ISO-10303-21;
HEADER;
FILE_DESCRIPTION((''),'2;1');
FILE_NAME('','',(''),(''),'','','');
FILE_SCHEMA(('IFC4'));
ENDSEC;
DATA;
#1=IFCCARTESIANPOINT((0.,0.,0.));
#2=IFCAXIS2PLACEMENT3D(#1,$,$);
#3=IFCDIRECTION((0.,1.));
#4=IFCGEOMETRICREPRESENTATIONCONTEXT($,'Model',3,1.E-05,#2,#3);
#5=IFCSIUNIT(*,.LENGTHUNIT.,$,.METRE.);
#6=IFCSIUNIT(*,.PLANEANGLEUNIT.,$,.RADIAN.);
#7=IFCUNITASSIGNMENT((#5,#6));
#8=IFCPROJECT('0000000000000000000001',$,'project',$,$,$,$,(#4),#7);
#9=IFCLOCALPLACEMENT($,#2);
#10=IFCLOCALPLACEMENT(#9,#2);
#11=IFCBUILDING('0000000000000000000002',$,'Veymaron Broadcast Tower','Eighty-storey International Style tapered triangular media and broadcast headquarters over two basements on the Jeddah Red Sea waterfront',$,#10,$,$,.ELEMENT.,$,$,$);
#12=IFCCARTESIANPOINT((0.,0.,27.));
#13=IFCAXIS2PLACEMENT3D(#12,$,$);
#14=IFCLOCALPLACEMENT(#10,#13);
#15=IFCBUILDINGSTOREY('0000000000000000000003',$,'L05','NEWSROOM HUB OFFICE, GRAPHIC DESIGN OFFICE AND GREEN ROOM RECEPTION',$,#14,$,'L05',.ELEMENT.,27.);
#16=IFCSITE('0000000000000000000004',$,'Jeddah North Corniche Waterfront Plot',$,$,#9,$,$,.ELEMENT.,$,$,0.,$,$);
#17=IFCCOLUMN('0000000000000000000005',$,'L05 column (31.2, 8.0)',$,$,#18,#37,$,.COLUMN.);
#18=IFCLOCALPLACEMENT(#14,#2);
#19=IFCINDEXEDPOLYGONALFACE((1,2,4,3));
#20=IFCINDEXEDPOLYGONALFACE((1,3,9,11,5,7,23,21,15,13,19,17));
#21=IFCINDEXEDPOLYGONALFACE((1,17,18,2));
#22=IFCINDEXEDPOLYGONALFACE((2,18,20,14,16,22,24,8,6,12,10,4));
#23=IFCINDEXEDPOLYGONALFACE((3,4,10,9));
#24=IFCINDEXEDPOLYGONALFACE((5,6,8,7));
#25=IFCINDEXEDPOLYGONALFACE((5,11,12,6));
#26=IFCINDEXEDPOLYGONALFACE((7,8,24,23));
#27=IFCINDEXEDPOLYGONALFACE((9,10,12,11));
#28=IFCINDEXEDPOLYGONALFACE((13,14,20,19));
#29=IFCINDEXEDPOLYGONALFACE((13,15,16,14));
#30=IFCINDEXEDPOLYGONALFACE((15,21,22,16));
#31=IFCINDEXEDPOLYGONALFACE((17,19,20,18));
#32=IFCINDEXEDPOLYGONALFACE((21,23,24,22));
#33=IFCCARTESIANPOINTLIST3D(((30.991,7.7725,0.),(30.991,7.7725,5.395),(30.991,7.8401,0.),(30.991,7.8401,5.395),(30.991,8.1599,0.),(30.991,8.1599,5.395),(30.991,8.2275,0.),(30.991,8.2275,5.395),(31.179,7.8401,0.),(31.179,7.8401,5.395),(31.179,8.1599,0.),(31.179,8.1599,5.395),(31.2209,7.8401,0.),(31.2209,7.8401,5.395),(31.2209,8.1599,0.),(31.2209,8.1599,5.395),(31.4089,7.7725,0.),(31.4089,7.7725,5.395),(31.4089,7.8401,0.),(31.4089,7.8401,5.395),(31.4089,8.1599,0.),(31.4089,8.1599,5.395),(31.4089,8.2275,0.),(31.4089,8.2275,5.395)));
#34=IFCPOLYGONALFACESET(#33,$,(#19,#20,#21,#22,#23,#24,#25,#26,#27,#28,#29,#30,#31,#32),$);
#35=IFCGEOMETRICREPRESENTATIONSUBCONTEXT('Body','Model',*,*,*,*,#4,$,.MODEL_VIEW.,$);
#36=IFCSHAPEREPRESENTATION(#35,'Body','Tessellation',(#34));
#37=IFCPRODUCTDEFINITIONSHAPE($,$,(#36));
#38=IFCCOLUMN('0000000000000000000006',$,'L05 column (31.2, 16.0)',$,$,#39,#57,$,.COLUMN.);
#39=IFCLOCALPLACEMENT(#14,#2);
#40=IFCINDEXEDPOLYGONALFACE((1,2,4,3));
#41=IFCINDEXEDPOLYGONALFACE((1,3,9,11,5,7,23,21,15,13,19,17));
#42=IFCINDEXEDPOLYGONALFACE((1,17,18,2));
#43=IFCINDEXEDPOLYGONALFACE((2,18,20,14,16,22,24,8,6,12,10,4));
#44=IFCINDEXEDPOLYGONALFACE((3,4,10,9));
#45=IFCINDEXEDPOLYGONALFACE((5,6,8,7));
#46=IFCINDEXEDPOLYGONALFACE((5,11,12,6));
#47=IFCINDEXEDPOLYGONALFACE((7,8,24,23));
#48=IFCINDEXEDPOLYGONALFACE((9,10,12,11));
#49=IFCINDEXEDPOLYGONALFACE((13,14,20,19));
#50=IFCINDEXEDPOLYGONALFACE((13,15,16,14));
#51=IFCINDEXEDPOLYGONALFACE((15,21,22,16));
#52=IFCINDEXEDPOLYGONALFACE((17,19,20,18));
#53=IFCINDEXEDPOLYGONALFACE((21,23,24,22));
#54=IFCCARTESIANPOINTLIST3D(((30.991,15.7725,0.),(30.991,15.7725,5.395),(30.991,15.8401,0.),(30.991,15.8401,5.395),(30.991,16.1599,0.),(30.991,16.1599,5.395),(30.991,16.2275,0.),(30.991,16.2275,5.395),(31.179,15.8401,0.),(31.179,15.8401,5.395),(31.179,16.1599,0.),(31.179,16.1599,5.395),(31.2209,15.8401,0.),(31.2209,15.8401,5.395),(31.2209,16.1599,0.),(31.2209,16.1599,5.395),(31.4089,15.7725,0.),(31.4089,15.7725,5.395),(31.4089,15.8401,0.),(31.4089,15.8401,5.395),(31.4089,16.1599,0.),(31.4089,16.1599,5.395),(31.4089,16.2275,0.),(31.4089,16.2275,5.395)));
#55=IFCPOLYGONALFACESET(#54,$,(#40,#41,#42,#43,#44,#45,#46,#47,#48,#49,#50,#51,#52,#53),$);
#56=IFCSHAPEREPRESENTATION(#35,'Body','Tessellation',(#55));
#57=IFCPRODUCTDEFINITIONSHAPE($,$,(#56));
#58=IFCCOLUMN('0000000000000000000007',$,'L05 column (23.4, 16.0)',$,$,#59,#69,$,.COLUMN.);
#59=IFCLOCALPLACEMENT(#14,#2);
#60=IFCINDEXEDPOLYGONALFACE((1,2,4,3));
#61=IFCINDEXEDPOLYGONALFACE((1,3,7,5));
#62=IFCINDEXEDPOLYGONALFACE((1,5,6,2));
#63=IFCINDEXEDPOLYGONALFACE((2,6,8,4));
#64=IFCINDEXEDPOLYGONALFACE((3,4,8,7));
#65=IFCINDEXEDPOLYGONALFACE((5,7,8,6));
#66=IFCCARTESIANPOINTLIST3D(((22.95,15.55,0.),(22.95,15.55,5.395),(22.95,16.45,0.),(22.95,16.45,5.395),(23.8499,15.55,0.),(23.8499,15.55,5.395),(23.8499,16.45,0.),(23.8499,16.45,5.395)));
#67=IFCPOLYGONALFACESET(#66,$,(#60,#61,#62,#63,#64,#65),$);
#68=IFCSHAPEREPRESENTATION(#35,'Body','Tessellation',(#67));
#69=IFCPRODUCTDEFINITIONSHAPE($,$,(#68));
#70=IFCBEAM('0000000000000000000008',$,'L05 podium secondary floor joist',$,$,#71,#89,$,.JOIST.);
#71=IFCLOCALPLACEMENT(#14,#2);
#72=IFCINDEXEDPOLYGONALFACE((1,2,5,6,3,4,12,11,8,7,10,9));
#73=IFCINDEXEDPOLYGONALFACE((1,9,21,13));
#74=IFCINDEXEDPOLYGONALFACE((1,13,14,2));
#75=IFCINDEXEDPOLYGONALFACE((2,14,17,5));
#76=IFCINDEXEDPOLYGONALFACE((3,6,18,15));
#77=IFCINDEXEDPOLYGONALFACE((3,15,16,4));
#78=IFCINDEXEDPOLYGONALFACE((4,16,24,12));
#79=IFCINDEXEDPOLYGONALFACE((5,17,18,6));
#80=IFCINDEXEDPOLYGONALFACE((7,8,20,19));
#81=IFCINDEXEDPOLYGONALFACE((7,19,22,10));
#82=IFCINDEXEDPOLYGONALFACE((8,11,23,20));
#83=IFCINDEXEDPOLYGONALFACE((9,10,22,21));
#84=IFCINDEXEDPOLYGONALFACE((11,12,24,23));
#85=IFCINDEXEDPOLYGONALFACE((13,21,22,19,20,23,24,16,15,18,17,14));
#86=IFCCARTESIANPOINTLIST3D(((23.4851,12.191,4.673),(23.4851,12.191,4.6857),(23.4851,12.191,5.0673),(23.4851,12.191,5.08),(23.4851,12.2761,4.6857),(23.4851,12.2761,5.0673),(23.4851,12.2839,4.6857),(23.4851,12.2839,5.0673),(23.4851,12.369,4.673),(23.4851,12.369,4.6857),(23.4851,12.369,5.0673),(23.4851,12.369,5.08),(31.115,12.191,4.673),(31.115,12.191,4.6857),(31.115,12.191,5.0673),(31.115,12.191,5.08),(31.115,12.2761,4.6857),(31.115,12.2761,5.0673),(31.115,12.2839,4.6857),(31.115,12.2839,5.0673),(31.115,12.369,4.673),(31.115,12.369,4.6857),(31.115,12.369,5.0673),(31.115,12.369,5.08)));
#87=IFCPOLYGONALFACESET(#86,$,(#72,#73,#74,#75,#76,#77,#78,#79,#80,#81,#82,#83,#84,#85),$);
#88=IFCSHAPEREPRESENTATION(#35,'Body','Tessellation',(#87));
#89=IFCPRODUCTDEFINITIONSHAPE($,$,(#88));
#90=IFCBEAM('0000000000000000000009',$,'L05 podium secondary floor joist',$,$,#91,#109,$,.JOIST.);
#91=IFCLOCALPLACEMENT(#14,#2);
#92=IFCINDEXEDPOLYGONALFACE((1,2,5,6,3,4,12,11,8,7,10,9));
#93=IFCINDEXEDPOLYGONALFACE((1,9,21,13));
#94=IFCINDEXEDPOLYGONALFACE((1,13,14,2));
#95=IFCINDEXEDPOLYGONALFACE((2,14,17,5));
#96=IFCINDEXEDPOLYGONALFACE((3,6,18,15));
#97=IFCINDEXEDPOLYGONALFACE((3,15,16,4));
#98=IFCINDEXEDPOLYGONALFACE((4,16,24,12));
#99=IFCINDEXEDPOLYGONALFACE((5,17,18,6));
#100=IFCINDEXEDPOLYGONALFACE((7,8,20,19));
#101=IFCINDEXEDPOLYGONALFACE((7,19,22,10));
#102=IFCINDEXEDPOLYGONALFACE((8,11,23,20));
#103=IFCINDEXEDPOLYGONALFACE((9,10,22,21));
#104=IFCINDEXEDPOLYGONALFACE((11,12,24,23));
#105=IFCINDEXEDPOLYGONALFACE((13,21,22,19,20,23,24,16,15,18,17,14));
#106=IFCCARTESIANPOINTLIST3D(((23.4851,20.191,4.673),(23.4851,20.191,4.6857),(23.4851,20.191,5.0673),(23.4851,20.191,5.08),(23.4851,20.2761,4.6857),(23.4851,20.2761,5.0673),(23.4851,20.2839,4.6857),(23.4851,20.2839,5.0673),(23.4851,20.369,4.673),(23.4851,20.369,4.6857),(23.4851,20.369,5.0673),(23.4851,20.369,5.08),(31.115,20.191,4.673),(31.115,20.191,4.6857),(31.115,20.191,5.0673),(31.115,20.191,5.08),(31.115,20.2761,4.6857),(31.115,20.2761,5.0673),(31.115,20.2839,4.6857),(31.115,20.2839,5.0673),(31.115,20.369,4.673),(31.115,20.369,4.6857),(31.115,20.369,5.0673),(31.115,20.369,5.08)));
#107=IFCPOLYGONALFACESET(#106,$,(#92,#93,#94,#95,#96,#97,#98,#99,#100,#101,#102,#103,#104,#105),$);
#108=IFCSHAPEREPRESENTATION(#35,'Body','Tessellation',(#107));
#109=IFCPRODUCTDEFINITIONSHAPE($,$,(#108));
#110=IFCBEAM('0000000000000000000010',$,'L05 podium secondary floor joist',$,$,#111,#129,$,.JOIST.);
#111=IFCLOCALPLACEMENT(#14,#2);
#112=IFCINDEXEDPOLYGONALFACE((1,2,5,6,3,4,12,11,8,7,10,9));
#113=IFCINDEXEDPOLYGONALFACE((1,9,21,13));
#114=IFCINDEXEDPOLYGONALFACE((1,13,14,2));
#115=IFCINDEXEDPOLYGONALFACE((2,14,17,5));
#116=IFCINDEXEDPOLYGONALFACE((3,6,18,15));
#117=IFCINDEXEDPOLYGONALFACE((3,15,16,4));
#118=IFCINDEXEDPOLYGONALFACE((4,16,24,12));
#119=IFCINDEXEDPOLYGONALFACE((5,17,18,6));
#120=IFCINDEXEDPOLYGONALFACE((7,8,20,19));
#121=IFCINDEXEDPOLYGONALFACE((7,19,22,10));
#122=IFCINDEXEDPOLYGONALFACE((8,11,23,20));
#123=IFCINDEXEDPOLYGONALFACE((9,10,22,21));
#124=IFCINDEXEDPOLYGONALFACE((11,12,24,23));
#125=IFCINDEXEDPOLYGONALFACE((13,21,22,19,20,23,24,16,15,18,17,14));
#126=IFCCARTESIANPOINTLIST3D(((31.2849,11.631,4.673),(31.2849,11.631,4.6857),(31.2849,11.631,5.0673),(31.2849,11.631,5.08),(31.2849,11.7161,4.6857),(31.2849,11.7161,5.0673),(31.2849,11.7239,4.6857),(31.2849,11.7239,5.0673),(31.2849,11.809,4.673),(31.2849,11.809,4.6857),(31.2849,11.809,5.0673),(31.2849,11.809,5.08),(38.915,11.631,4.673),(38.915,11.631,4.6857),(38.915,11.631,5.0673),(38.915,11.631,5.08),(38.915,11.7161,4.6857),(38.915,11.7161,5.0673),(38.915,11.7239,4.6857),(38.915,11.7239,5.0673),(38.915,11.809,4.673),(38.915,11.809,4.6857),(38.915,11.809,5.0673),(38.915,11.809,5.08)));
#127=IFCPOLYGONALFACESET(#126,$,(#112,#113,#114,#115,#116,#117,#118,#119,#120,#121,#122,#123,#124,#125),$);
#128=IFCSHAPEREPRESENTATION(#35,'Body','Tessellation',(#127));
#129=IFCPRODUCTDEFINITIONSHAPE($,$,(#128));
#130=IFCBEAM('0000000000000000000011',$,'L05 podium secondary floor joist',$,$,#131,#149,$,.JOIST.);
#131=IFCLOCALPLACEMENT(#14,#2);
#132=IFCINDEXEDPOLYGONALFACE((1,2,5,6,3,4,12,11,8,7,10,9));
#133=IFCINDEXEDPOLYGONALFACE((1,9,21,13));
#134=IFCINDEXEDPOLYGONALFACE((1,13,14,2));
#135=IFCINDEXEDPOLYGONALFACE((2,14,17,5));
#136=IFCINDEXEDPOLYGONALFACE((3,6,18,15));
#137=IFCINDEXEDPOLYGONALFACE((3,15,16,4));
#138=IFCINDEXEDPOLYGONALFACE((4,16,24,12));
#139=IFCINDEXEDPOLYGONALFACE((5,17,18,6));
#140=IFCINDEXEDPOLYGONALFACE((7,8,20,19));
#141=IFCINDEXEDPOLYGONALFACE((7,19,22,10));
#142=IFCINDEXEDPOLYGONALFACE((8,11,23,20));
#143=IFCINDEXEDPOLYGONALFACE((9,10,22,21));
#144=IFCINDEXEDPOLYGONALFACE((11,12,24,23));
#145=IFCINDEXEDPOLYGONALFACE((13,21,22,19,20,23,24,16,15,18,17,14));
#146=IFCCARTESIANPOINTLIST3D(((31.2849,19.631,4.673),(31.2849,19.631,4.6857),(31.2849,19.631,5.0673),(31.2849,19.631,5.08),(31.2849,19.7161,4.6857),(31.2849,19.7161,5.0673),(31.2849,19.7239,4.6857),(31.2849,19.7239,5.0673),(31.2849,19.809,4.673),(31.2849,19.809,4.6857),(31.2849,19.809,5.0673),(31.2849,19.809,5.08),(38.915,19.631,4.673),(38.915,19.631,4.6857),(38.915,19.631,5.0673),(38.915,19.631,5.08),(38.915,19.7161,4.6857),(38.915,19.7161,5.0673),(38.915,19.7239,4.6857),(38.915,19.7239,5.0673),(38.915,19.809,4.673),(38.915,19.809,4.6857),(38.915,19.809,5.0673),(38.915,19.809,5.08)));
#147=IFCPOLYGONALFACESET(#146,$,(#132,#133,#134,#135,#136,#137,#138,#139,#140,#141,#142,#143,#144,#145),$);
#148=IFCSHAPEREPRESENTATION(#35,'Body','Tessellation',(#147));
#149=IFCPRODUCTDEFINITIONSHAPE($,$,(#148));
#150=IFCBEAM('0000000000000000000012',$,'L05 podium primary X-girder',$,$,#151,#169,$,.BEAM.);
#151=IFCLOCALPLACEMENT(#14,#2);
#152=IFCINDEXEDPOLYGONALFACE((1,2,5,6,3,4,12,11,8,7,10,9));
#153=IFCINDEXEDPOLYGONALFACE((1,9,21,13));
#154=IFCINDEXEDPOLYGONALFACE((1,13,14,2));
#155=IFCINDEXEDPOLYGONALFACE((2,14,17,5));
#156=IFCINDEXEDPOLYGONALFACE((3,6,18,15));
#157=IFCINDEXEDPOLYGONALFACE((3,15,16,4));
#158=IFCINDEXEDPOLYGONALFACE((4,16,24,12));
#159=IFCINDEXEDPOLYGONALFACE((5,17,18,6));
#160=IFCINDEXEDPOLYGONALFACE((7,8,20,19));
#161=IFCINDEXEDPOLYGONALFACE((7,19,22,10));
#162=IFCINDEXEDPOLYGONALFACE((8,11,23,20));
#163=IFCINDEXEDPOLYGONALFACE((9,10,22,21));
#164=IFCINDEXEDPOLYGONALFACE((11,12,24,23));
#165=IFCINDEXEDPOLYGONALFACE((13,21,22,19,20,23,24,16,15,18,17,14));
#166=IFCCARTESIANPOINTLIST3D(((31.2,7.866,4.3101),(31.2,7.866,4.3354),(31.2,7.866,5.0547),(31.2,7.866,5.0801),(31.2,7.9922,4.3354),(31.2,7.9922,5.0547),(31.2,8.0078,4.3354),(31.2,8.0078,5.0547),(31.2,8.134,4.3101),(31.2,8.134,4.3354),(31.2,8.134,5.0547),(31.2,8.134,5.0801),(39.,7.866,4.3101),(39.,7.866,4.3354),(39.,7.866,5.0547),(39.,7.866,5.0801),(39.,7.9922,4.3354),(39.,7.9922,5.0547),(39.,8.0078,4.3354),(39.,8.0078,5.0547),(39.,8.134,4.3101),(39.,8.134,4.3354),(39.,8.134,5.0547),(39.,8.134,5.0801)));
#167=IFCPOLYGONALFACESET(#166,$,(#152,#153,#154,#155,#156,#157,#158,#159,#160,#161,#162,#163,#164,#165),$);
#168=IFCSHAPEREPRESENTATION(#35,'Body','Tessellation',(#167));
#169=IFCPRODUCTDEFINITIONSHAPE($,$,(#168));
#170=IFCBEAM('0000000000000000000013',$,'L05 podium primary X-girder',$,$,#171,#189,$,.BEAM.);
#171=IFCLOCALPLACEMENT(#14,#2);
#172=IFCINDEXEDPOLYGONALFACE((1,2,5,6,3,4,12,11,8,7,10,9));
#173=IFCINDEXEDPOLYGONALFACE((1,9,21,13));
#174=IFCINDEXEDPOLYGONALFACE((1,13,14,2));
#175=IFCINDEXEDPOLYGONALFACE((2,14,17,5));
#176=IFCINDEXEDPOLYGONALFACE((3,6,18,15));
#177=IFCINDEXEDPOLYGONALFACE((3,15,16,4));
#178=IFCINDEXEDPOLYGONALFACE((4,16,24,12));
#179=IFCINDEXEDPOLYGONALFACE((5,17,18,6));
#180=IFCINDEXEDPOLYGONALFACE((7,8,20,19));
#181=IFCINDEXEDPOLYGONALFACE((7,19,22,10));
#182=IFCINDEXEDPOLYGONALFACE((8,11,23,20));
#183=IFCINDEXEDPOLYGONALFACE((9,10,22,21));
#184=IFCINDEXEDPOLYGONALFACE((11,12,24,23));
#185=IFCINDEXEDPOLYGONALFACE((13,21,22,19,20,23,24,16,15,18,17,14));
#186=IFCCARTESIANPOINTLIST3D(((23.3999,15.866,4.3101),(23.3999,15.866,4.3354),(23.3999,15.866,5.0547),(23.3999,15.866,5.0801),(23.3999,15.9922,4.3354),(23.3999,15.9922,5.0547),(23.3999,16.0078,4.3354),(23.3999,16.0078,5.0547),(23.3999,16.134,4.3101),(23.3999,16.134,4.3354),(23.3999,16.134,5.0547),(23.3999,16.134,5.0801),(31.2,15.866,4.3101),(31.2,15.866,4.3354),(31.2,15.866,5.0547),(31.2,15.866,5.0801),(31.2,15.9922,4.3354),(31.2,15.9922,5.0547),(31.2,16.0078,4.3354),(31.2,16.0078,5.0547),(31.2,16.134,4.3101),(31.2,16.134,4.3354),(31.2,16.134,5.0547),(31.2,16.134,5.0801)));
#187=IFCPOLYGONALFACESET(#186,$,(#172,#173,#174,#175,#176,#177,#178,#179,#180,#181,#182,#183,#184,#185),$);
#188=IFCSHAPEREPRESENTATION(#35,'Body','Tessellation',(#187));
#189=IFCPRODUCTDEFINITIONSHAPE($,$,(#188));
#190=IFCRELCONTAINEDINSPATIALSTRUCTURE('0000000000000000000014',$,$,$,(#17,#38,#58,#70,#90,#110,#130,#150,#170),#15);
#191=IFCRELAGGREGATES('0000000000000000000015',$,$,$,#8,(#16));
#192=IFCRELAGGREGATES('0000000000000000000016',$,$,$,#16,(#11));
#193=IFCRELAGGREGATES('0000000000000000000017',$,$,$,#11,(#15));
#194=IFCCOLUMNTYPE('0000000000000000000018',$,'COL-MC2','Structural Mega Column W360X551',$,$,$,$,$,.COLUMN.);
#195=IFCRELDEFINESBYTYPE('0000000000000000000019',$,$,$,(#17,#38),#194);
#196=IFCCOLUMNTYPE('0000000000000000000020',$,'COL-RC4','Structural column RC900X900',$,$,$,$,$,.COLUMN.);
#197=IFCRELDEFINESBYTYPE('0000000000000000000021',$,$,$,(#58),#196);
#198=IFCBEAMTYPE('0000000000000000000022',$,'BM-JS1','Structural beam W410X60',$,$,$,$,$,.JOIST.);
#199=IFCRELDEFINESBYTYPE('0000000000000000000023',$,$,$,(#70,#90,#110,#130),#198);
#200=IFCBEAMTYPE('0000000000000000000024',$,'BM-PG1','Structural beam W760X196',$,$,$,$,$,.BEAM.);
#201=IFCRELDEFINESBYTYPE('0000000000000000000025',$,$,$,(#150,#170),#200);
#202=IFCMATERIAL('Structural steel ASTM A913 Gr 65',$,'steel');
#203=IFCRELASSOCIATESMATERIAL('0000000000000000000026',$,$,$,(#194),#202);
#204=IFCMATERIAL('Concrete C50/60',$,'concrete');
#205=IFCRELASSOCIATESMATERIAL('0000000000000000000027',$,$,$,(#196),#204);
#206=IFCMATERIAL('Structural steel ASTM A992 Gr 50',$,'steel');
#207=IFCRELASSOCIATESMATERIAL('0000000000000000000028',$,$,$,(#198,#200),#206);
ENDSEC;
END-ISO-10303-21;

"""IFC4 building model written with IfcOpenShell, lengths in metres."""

from ifc_helpers import new_model, si_unit, direction, frame, origin, origin_2d, place, context, subcontext, project, spatial, rectangle, i_section, extrude, material, material_profile, profile_set, type_object, element, save


model = new_model("IFC4")

# Units and contexts
model_context = context("Model", 3, precision=1e-05, world=origin(), true_north=direction((0.0, 1.0)))
body_context = subcontext(model_context, "Body", "Model", "MODEL_VIEW")
ifc_project = project(units=[si_unit("LENGTHUNIT", "METRE"), si_unit("PLANEANGLEUNIT", "RADIAN")], contexts=[model_context])

# Site, building, storey
site_placement = place(None, origin())
site = spatial("IfcSite", under=ifc_project, at=site_placement, Name="Jeddah North Corniche Waterfront Plot", CompositionType="ELEMENT", RefElevation=0.0)
building_placement = place(site_placement, origin())
building = spatial("IfcBuilding", under=site, at=building_placement, Name="Veymaron Broadcast Tower", Description="Eighty-storey International Style tapered triangular media and broadcast headquarters over two basements on the Jeddah Red Sea waterfront", CompositionType="ELEMENT")
storey_placement = place(building_placement, frame((0.0, 0.0, 27.0)))
storey = spatial("IfcBuildingStorey", under=building, at=storey_placement, Name="L05", Description="NEWSROOM HUB OFFICE, GRAPHIC DESIGN OFFICE AND GREEN ROOM RECEPTION", LongName="L05", CompositionType="ELEMENT", Elevation=27.0)

# Columns
ifc_material_1 = material(Name="Structural steel ASTM A913 Gr 65", Category="steel")
ifc_material_profile_1 = material_profile(ifc_material_1, i_section(OverallWidth=0.418, OverallDepth=0.4551, WebThickness=0.042, FlangeThickness=0.0676, at=origin_2d()), Name="W360X551")
ifc_profile_set_1 = profile_set([ifc_material_profile_1], Name="Structural steel ASTM A913 Gr 65")
column_type_1 = type_object("IfcColumnType", Name="COL-MC2", Description="Structural Mega Column W360X551", PredefinedType="COLUMN", material=ifc_profile_set_1)
for number, where, z_axis, x_axis, name in (
    (1, (31.2, 8.0, 0.0), (0.0, 0.0, 1.0), (1.0, 0.0, 0.0), "L05 column (31.2, 8.0)"),
    (2, (31.2, 16.0, 0.0), (0.0, 0.0, 1.0), (1.0, 0.0, 0.0), "L05 column (31.2, 16.0)"),
):
    element("IfcColumn", number, at=place(storey_placement, frame(where, z_axis=z_axis, x_axis=x_axis)), inside=storey, type_object=column_type_1, Name=name, PredefinedType="COLUMN", context=body_context, shape_type="SweptSolid", body=[
        extrude(i_section(OverallWidth=0.418, OverallDepth=0.4551, WebThickness=0.042, FlangeThickness=0.0676, at=origin_2d()), origin(), (0.0, 0.0, 1.0), 5.395),
    ])
ifc_material_2 = material(Name="Concrete C50/60", Category="concrete")
ifc_material_profile_2 = material_profile(ifc_material_2, rectangle(XDim=0.8999, YDim=0.8999, at=origin_2d()), Name="RC900X900")
ifc_profile_set_2 = profile_set([ifc_material_profile_2], Name="Concrete C50/60")
column_type_2 = type_object("IfcColumnType", Name="COL-RC4", Description="Structural column RC900X900", PredefinedType="COLUMN", material=ifc_profile_set_2)
column_placement = place(storey_placement, frame((23.3999, 16.0, 0.0), z_axis=(0.0, 0.0, 1.0), x_axis=(1.0, 0.0, 0.0)))
element("IfcColumn", 3, at=column_placement, inside=storey, type_object=column_type_2, Name="L05 column (23.4, 16.0)", PredefinedType="COLUMN", context=body_context, shape_type="SweptSolid", body=[
    extrude(rectangle(XDim=0.8999, YDim=0.8999, at=origin_2d()), origin(), (0.0, 0.0, 1.0), 5.395),
])

# Beams
ifc_material_3 = material(Name="Structural steel ASTM A992 Gr 50", Category="steel")
ifc_material_profile_3 = material_profile(ifc_material_3, i_section(OverallWidth=0.178, OverallDepth=0.407, WebThickness=0.0078, FlangeThickness=0.0127, at=origin_2d()), Name="W410X60")
ifc_profile_set_3 = profile_set([ifc_material_profile_3], Name="Structural steel ASTM A992 Gr 50")
beam_type_1 = type_object("IfcBeamType", Name="BM-JS1", Description="Structural beam W410X60", PredefinedType="JOIST", material=ifc_profile_set_3)
for number, where, z_axis, x_axis, name in (
    (4, (23.4851, 12.28, 4.8765), (1.0, 0.0, 0.0), (0.0, 1.0, 0.0), "L05 podium secondary floor joist"),
    (5, (23.4851, 20.28, 4.8765), (1.0, 0.0, 0.0), (0.0, 1.0, 0.0), "L05 podium secondary floor joist"),
):
    element("IfcBeam", number, at=place(storey_placement, frame(where, z_axis=z_axis, x_axis=x_axis)), inside=storey, type_object=beam_type_1, Name=name, PredefinedType="JOIST", context=body_context, shape_type="SweptSolid", body=[
        extrude(i_section(OverallWidth=0.178, OverallDepth=0.407, WebThickness=0.0078, FlangeThickness=0.0127, at=origin_2d()), origin(), (0.0, 0.0, 1.0), 7.6299),
    ])
for number, where, z_axis, x_axis, name in (
    (6, (31.2849, 11.72, 4.8765), (1.0, 0.0, 0.0), (0.0, 1.0, 0.0), "L05 podium secondary floor joist"),
    (7, (31.2849, 19.72, 4.8765), (1.0, 0.0, 0.0), (0.0, 1.0, 0.0), "L05 podium secondary floor joist"),
):
    element("IfcBeam", number, at=place(storey_placement, frame(where, z_axis=z_axis, x_axis=x_axis)), inside=storey, type_object=beam_type_1, Name=name, PredefinedType="JOIST", context=body_context, shape_type="SweptSolid", body=[
        extrude(i_section(OverallWidth=0.178, OverallDepth=0.407, WebThickness=0.0078, FlangeThickness=0.0127, at=origin_2d()), origin(), (0.0, 0.0, 1.0), 7.6301),
    ])
ifc_material_profile_4 = material_profile(ifc_material_3, i_section(OverallWidth=0.2681, OverallDepth=0.77, WebThickness=0.0156, FlangeThickness=0.0254, at=origin_2d()), Name="W760X196")
ifc_profile_set_4 = profile_set([ifc_material_profile_4], Name="Structural steel ASTM A992 Gr 50")
beam_type_2 = type_object("IfcBeamType", Name="BM-PG1", Description="Structural beam W760X196", PredefinedType="BEAM", material=ifc_profile_set_4)
for number, where, z_axis, x_axis, name in (
    (8, (31.2, 8.0, 4.6951), (1.0, 0.0, 0.0), (0.0, 1.0, 0.0), "L05 podium primary X-girder"),
    (9, (23.3999, 16.0, 4.6951), (1.0, 0.0, 0.0), (0.0, 1.0, 0.0), "L05 podium primary X-girder"),
):
    element("IfcBeam", number, at=place(storey_placement, frame(where, z_axis=z_axis, x_axis=x_axis)), inside=storey, type_object=beam_type_2, Name=name, PredefinedType="BEAM", context=body_context, shape_type="SweptSolid", body=[
        extrude(i_section(OverallWidth=0.2681, OverallDepth=0.77, WebThickness=0.0156, FlangeThickness=0.0254, at=origin_2d()), origin(), (0.0, 0.0, 1.0), 7.8),
    ])

save(model, "model.ifc")
